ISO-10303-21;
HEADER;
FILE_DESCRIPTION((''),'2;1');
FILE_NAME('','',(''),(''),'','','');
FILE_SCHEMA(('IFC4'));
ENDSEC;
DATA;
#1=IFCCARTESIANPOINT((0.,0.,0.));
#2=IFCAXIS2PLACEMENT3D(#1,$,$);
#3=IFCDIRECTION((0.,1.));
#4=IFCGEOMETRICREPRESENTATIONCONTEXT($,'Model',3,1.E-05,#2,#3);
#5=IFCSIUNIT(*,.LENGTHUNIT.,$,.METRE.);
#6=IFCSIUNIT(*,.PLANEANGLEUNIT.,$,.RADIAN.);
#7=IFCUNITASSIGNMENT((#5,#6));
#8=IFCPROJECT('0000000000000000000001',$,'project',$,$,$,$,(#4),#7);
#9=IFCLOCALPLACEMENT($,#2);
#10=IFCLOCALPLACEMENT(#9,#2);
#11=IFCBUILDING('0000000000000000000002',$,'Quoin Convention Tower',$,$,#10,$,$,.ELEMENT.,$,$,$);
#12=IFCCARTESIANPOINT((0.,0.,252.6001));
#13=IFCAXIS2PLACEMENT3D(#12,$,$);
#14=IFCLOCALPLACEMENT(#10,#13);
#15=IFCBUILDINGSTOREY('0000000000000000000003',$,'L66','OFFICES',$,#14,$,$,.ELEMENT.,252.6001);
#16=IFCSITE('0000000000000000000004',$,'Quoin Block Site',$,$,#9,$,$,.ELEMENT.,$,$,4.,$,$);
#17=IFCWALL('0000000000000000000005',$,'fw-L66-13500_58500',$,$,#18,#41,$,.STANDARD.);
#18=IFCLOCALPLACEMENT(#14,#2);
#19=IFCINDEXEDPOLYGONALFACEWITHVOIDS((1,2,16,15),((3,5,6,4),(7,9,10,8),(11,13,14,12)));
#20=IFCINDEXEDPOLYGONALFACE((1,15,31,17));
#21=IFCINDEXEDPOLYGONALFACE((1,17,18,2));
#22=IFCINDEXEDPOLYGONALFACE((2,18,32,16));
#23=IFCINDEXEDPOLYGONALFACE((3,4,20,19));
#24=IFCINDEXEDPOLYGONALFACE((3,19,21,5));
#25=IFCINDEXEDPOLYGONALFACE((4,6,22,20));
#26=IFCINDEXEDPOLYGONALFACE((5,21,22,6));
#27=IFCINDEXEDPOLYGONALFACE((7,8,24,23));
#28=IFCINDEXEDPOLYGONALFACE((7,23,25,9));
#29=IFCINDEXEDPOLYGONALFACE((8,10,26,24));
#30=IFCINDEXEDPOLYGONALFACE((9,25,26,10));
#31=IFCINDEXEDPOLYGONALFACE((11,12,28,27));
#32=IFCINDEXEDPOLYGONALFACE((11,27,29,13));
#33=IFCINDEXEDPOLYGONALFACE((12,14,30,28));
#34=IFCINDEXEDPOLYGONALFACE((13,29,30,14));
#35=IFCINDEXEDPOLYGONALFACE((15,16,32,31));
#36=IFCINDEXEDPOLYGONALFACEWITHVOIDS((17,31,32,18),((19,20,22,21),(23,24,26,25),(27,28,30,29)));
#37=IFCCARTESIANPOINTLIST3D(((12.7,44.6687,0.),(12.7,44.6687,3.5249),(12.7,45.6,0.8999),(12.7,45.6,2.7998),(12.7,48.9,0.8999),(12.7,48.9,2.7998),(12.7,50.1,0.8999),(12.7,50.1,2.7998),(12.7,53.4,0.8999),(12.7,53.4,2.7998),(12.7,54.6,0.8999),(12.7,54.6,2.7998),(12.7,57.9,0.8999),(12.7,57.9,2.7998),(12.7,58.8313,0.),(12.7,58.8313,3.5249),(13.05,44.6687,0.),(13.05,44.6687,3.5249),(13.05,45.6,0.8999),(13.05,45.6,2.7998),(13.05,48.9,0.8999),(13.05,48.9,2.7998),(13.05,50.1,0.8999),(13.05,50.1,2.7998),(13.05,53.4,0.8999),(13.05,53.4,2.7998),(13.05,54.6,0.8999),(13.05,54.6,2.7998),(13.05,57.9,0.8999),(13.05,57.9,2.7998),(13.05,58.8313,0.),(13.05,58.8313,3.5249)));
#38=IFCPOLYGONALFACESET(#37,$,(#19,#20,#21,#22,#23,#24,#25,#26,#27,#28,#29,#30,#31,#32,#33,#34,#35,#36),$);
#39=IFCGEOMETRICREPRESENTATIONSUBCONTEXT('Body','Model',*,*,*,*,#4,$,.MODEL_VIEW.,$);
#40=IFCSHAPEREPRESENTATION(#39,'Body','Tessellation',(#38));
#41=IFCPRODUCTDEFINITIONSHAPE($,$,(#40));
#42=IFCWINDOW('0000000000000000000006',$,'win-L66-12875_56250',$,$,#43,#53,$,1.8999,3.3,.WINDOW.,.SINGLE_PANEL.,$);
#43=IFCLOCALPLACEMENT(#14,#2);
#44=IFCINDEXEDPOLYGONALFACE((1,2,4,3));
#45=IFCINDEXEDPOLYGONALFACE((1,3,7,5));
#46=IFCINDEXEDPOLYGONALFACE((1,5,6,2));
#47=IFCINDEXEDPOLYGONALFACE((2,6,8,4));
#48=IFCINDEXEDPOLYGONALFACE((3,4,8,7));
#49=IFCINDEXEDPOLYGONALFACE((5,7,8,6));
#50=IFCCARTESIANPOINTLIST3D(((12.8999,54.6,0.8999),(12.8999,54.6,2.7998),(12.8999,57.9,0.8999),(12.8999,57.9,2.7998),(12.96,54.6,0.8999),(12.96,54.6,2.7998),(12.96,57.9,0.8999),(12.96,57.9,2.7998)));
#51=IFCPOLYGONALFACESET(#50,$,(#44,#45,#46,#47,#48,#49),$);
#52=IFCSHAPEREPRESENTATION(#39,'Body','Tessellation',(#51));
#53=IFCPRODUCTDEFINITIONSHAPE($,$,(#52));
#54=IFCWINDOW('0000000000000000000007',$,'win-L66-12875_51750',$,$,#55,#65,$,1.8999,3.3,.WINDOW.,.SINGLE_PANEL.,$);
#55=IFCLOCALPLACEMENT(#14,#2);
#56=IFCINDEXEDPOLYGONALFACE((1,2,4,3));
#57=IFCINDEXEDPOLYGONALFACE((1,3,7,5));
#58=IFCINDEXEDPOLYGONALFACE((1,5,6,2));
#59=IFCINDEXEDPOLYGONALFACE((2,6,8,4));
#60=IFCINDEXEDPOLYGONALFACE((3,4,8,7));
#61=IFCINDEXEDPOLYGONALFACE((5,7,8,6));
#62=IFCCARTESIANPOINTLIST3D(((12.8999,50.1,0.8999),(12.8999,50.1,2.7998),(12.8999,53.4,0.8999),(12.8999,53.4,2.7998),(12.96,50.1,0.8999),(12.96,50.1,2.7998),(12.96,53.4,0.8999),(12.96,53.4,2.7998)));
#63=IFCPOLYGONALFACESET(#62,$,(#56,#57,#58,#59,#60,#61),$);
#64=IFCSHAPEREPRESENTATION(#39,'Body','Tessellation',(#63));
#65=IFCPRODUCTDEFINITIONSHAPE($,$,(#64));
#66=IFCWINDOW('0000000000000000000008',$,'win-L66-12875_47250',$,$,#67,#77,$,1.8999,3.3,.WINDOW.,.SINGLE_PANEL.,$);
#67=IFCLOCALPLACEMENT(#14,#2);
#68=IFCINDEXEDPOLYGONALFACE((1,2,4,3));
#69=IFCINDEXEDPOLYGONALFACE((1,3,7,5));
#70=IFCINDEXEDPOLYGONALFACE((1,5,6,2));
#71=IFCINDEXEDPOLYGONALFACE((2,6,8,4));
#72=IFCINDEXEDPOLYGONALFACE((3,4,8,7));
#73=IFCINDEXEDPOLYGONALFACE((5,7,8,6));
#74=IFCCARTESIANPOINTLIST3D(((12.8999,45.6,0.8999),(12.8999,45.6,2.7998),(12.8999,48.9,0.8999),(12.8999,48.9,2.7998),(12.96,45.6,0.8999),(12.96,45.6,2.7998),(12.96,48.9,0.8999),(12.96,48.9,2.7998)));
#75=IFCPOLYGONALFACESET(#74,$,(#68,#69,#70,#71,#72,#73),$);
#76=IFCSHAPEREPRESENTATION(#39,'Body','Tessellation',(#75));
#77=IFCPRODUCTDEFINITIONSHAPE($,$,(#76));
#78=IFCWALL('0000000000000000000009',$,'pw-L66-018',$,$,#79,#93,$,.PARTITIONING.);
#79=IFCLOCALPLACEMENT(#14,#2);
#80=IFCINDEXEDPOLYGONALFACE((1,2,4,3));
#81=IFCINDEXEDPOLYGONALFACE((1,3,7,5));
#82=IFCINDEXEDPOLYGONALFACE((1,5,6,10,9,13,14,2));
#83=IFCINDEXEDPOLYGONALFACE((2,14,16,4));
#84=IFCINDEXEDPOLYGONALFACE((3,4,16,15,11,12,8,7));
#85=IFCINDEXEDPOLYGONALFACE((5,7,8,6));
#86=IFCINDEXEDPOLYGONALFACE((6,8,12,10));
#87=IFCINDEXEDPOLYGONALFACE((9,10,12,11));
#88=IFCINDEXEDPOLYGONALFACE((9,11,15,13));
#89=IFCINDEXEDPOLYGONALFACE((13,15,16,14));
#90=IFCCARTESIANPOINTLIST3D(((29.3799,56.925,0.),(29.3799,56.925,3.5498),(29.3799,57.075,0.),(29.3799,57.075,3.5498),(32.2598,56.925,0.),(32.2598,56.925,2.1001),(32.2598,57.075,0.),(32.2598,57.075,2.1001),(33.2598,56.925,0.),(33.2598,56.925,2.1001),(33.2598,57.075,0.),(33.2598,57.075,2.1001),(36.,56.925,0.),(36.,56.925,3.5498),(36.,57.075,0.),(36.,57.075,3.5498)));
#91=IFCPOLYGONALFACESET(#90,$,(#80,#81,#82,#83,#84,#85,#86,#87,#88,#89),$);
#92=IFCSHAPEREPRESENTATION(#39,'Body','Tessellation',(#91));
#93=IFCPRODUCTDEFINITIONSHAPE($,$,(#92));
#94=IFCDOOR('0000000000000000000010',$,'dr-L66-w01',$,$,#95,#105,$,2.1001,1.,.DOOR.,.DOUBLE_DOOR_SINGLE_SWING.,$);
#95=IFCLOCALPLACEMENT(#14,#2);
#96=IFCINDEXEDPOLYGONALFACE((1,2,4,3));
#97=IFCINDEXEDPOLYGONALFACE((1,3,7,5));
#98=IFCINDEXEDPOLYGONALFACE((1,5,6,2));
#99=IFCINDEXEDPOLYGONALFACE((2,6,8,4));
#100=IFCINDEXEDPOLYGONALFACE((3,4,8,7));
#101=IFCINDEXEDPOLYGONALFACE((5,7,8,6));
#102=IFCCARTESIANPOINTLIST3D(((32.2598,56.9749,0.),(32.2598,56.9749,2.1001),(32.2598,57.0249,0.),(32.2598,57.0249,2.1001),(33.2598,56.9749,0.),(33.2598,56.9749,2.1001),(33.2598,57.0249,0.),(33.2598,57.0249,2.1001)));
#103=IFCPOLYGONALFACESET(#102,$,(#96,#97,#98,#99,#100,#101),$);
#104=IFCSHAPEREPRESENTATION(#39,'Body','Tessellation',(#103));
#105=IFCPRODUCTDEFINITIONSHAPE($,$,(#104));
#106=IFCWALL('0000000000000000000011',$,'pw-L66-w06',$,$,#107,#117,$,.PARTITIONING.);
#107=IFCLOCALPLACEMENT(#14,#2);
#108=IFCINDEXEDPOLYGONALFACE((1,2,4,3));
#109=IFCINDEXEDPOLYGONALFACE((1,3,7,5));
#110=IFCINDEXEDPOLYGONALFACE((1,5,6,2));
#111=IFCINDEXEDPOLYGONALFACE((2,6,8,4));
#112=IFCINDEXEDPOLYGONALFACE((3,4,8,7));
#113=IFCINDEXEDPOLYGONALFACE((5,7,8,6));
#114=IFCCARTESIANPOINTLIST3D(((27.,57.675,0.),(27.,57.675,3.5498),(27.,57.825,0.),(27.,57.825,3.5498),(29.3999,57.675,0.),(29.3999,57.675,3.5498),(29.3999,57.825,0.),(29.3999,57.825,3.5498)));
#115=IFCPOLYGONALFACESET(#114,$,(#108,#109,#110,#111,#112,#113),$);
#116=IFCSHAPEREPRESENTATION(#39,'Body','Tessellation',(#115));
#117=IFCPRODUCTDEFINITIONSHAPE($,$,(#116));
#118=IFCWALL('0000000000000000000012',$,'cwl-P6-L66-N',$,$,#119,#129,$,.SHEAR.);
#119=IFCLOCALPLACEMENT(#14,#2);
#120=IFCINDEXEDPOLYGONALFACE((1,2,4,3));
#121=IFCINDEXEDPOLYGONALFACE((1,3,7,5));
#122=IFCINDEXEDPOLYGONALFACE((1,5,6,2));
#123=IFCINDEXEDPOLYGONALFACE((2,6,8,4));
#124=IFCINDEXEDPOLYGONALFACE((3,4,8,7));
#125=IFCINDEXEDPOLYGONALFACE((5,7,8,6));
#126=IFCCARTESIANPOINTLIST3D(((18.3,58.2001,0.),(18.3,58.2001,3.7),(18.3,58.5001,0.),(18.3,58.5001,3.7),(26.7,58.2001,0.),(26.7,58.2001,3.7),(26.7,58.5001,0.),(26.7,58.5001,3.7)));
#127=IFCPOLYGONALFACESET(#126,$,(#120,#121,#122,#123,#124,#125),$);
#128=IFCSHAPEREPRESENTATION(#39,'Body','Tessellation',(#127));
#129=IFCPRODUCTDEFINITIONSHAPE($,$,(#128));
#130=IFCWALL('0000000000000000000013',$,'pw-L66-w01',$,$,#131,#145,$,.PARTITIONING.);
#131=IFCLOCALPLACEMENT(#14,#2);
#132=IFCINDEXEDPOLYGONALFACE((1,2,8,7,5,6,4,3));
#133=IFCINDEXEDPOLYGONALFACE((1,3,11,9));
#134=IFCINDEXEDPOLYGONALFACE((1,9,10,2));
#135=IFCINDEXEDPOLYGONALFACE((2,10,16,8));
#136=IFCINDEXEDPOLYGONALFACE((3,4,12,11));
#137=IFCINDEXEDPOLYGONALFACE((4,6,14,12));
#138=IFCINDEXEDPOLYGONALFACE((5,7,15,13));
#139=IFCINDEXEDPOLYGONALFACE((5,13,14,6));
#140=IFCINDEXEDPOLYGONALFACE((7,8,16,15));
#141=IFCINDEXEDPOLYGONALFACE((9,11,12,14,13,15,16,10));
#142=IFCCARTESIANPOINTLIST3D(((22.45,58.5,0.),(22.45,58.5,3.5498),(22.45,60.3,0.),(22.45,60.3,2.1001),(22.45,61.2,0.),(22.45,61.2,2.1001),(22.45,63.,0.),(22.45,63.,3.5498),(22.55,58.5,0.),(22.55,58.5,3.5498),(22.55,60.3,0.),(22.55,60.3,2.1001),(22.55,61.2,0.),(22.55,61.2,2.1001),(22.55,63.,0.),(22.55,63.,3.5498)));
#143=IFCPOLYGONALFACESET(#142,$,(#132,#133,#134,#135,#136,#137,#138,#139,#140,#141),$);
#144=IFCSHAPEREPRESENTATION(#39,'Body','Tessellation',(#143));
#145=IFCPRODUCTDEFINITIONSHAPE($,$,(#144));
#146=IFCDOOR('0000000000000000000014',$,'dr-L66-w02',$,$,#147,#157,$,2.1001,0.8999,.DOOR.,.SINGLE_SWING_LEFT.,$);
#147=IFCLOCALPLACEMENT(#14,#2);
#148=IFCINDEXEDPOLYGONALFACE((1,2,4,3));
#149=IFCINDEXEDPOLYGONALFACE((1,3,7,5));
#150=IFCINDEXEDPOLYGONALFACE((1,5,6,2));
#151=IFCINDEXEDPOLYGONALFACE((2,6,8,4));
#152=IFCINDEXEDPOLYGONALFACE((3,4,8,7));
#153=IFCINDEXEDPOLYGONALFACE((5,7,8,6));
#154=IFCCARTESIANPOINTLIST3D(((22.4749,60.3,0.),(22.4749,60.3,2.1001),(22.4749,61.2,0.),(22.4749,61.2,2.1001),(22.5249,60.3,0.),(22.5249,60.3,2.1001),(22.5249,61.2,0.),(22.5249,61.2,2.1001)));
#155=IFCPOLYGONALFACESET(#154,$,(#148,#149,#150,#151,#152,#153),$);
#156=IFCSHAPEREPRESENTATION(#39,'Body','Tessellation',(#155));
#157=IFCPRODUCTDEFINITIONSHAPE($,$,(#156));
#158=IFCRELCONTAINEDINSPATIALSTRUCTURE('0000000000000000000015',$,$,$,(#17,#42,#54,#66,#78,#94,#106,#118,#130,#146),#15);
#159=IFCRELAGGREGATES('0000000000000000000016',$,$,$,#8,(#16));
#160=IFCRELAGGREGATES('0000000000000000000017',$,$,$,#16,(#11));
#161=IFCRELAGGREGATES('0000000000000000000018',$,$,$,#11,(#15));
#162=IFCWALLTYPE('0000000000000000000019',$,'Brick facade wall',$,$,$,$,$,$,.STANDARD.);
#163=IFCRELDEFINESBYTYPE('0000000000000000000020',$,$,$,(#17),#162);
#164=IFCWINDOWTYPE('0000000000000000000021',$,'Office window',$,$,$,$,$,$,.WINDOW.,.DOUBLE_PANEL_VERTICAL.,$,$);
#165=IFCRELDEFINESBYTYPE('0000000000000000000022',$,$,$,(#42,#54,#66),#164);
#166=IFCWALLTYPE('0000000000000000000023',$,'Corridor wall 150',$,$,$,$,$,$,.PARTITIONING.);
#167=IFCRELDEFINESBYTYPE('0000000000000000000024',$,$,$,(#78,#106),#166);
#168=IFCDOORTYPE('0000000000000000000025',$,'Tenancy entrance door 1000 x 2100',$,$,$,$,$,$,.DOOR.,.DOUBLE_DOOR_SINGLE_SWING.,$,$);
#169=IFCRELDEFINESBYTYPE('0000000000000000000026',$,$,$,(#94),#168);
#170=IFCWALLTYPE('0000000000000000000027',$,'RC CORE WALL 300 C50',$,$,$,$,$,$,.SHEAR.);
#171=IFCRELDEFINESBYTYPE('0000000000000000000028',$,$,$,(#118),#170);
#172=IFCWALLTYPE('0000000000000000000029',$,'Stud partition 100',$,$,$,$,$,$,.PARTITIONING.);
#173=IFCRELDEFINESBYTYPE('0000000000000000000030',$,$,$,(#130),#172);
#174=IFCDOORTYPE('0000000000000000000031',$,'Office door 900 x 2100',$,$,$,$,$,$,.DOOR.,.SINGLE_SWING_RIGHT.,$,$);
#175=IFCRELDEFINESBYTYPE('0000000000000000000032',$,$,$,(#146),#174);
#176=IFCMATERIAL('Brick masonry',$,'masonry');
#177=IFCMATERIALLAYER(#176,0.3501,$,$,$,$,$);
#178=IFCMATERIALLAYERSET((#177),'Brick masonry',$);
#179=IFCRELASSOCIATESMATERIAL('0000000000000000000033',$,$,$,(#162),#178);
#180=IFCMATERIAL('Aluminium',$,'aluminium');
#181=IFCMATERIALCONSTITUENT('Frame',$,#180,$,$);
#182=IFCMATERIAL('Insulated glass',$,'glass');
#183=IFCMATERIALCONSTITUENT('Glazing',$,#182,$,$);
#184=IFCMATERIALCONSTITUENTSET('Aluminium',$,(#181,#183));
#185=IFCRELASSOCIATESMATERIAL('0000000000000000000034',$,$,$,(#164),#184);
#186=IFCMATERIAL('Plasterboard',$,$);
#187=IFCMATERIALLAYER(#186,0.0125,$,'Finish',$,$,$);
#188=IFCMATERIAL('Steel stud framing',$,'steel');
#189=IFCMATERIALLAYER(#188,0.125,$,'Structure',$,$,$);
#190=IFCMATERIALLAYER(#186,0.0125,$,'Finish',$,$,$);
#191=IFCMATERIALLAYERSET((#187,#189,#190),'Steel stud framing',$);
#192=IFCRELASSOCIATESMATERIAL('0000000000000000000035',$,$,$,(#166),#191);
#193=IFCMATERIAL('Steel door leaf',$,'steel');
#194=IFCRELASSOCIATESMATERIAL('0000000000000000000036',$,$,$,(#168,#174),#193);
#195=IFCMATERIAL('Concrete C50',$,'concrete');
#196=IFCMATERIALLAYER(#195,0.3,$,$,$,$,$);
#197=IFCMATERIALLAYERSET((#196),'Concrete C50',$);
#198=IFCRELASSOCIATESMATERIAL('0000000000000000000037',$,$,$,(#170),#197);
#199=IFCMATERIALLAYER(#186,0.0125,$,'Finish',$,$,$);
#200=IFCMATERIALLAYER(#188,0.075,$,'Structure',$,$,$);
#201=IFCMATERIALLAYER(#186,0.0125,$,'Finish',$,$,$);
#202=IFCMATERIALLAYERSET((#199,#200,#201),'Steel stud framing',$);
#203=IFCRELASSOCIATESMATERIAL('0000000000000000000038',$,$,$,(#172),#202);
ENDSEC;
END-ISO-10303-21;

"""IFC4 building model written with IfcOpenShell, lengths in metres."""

from ifc_helpers import new_model, si_unit, direction, frame, frame_2d, origin, place, context, subcontext, project, spatial, rectangle, extrude, material, layer, layer_set, constituent, constituent_set, type_object, element, fill, save


model = new_model("IFC4")

# Units and contexts
model_context = context("Model", 3, precision=1e-05, world=origin(), true_north=direction((0.0, 1.0)))
body_context = subcontext(model_context, "Body", "Model", "MODEL_VIEW")
ifc_project = project(units=[si_unit("LENGTHUNIT", "METRE"), si_unit("PLANEANGLEUNIT", "RADIAN")], contexts=[model_context])

# Site, building, storey
site_placement = place(None, origin())
site = spatial("IfcSite", under=ifc_project, at=site_placement, Name="Quoin Block Site", CompositionType="ELEMENT", RefElevation=4.0)
building_placement = place(site_placement, origin())
building = spatial("IfcBuilding", under=site, at=building_placement, Name="Quoin Convention Tower", CompositionType="ELEMENT")
storey_placement = place(building_placement, frame((0.0, 0.0, 252.6001)))
storey = spatial("IfcBuildingStorey", under=building, at=storey_placement, Name="L66", Description="OFFICES", CompositionType="ELEMENT", Elevation=252.6001)

# Shared definitions
ifc_material_1 = material(Name="Concrete C50", Category="concrete")

# Shared definitions
ifc_material_2 = material(Name="Brick masonry", Category="masonry")
ifc_layer_1 = layer(ifc_material_2, 0.3501)
ifc_layer_set_1 = layer_set([ifc_layer_1], Name="Brick masonry")
wall_type_1 = type_object("IfcWallType", Name="Brick facade wall", PredefinedType="STANDARD", material=ifc_layer_set_1)
ifc_material_3 = material(Name="Aluminium", Category="aluminium")
ifc_constituent_1 = constituent(ifc_material_3, Name="Frame")
ifc_material_4 = material(Name="Insulated glass", Category="glass")
ifc_constituent_2 = constituent(ifc_material_4, Name="Glazing")
ifc_constituent_set = constituent_set(constituents=[ifc_constituent_1, ifc_constituent_2], Name="Aluminium")
window_type = type_object("IfcWindowType", Name="Office window", PartitioningType="DOUBLE_PANEL_VERTICAL", PredefinedType="WINDOW", material=ifc_constituent_set)

# Wall, openings, windows
wall_1_placement = place(storey_placement, frame((12.875, 58.8313, 0.0), z_axis=(0.0, 0.0, 1.0), x_axis=(0.0, -1.0, 0.0)))
wall_1 = element("IfcWall", 1, at=wall_1_placement, inside=storey, type_object=wall_type_1, Name="fw-L66-13500_58500", PredefinedType="STANDARD", context=body_context, shape_type="SweptSolid", body=[
    extrude(rectangle(XDim=14.1626, YDim=0.3501, at=frame_2d((7.0813, 0.0))), origin(), (0.0, 0.0, 1.0), 3.5249),
])
opening_1_placement = place(wall_1_placement, frame((0.9314, 0.0, 0.8999)))
opening_1 = element("IfcOpeningElement", 2, at=opening_1_placement, cuts=wall_1, PredefinedType="OPENING", context=body_context, shape_type="SweptSolid", body=[
    extrude(rectangle(XDim=3.3, YDim=1.8999, at=frame_2d((1.6499, 0.95))), frame((0.0, 0.1851, 0.0), z_axis=(0.0, -1.0, 0.0), x_axis=(1.0, 0.0, 0.0)), (0.0, 0.0, 1.0), 0.3701),
])
opening_2_placement = place(wall_1_placement, frame((5.4314, 0.0, 0.8999)))
opening_2 = element("IfcOpeningElement", 3, at=opening_2_placement, cuts=wall_1, PredefinedType="OPENING", context=body_context, shape_type="SweptSolid", body=[
    extrude(rectangle(XDim=3.3, YDim=1.8999, at=frame_2d((1.6499, 0.95))), frame((0.0, 0.1851, 0.0), z_axis=(0.0, -1.0, 0.0), x_axis=(1.0, 0.0, 0.0)), (0.0, 0.0, 1.0), 0.3701),
])
opening_3_placement = place(wall_1_placement, frame((9.9314, 0.0, 0.8999)))
opening_3 = element("IfcOpeningElement", 4, at=opening_3_placement, cuts=wall_1, PredefinedType="OPENING", context=body_context, shape_type="SweptSolid", body=[
    extrude(rectangle(XDim=3.3, YDim=1.8999, at=frame_2d((1.6499, 0.95))), frame((0.0, 0.1851, 0.0), z_axis=(0.0, -1.0, 0.0), x_axis=(1.0, 0.0, 0.0)), (0.0, 0.0, 1.0), 0.3701),
])
window_1_placement = place(opening_1_placement, origin())
window_1 = element("IfcWindow", 5, at=window_1_placement, inside=storey, type_object=window_type, Name="win-L66-12875_56250", OverallHeight=1.8999, OverallWidth=3.3, PartitioningType="SINGLE_PANEL", PredefinedType="WINDOW", context=body_context, shape_type="SweptSolid", body=[
    extrude(rectangle(XDim=3.3, YDim=1.8999, at=frame_2d((1.6499, 0.95))), frame((0.0, 0.085, 0.0), z_axis=(0.0, -1.0, 0.0), x_axis=(1.0, 0.0, 0.0)), (0.0, 0.0, 1.0), 0.0601),
])
fill(opening_1, window_1)
window_2_placement = place(opening_2_placement, origin())
window_2 = element("IfcWindow", 6, at=window_2_placement, inside=storey, type_object=window_type, Name="win-L66-12875_51750", OverallHeight=1.8999, OverallWidth=3.3, PartitioningType="SINGLE_PANEL", PredefinedType="WINDOW", context=body_context, shape_type="SweptSolid", body=[
    extrude(rectangle(XDim=3.3, YDim=1.8999, at=frame_2d((1.6499, 0.95))), frame((0.0, 0.085, 0.0), z_axis=(0.0, -1.0, 0.0), x_axis=(1.0, 0.0, 0.0)), (0.0, 0.0, 1.0), 0.0601),
])
fill(opening_2, window_2)
window_3_placement = place(opening_3_placement, origin())
window_3 = element("IfcWindow", 7, at=window_3_placement, inside=storey, type_object=window_type, Name="win-L66-12875_47250", OverallHeight=1.8999, OverallWidth=3.3, PartitioningType="SINGLE_PANEL", PredefinedType="WINDOW", context=body_context, shape_type="SweptSolid", body=[
    extrude(rectangle(XDim=3.3, YDim=1.8999, at=frame_2d((1.6499, 0.95))), frame((0.0, 0.085, 0.0), z_axis=(0.0, -1.0, 0.0), x_axis=(1.0, 0.0, 0.0)), (0.0, 0.0, 1.0), 0.0601),
])
fill(opening_3, window_3)

# Wall, opening, door
ifc_material_5 = material(Name="Plasterboard")
ifc_layer_2 = layer(ifc_material_5, 0.0125, Name="Finish")
ifc_material_6 = material(Name="Steel stud framing", Category="steel")
ifc_layer_3 = layer(ifc_material_6, 0.125, Name="Structure")
ifc_layer_4 = layer(ifc_material_5, 0.0125, Name="Finish")
ifc_layer_set_2 = layer_set([ifc_layer_2, ifc_layer_3, ifc_layer_4], Name="Steel stud framing")
wall_type_2 = type_object("IfcWallType", Name="Corridor wall 150", PredefinedType="PARTITIONING", material=ifc_layer_set_2)
wall_2_placement = place(storey_placement, frame((29.3799, 57.0, 0.0), z_axis=(0.0, 0.0, 1.0), x_axis=(1.0, 0.0, 0.0)))
wall_2 = element("IfcWall", 8, at=wall_2_placement, inside=storey, type_object=wall_type_2, Name="pw-L66-018", PredefinedType="PARTITIONING", context=body_context, shape_type="SweptSolid", body=[
    extrude(rectangle(XDim=6.6201, YDim=0.1499, at=frame_2d((3.3101, 0.0))), origin(), (0.0, 0.0, 1.0), 3.5498),
])
opening_4_placement = place(wall_2_placement, frame((2.8799, 0.0, 0.0)))
opening_4 = element("IfcOpeningElement", 9, at=opening_4_placement, cuts=wall_2, PredefinedType="OPENING", context=body_context, shape_type="SweptSolid", body=[
    extrude(rectangle(XDim=1.0, YDim=2.1001, at=frame_2d((0.5, 1.05))), frame((0.0, 0.085, 0.0), z_axis=(0.0, -1.0, 0.0), x_axis=(1.0, 0.0, 0.0)), (0.0, 0.0, 1.0), 0.1699),
])
ifc_material_7 = material(Name="Steel door leaf", Category="steel")
door_type_1 = type_object("IfcDoorType", Name="Tenancy entrance door 1000 x 2100", OperationType="DOUBLE_DOOR_SINGLE_SWING", PredefinedType="DOOR", material=ifc_material_7)
door_1_placement = place(opening_4_placement, origin())
door_1 = element("IfcDoor", 10, at=door_1_placement, inside=storey, type_object=door_type_1, Name="dr-L66-w01", OperationType="DOUBLE_DOOR_SINGLE_SWING", OverallHeight=2.1001, OverallWidth=1.0, PredefinedType="DOOR", context=body_context, shape_type="SweptSolid", body=[
    extrude(rectangle(XDim=1.0, YDim=2.1001, at=frame_2d((0.5, 1.05))), frame((0.0, 0.0249, 0.0), z_axis=(0.0, -1.0, 0.0), x_axis=(1.0, 0.0, 0.0)), (0.0, 0.0, 1.0), 0.05),
])
fill(opening_4, door_1)

# Walls
wall_3_placement = place(storey_placement, frame((27.0, 57.75, 0.0), z_axis=(0.0, 0.0, 1.0), x_axis=(1.0, 0.0, 0.0)))
element("IfcWall", 11, at=wall_3_placement, inside=storey, type_object=wall_type_2, Name="pw-L66-w06", PredefinedType="PARTITIONING", context=body_context, shape_type="SweptSolid", body=[
    extrude(rectangle(XDim=2.3999, YDim=0.1499, at=frame_2d((1.2, 0.0))), origin(), (0.0, 0.0, 1.0), 3.5498),
])
ifc_layer_5 = layer(ifc_material_1, 0.3)
ifc_layer_set_3 = layer_set([ifc_layer_5], Name="Concrete C50")
wall_type_3 = type_object("IfcWallType", Name="RC CORE WALL 300 C50", PredefinedType="SHEAR", material=ifc_layer_set_3)
wall_4_placement = place(storey_placement, frame((18.3, 58.3501, 0.0), z_axis=(0.0, 0.0, 1.0), x_axis=(1.0, 0.0, 0.0)))
element("IfcWall", 12, at=wall_4_placement, inside=storey, type_object=wall_type_3, Name="cwl-P6-L66-N", PredefinedType="SHEAR", context=body_context, shape_type="SweptSolid", body=[
    extrude(rectangle(XDim=8.3999, YDim=0.3, at=frame_2d((4.2, 0.0))), origin(), (0.0, 0.0, 1.0), 3.7),
])

# Wall, opening, door
ifc_layer_6 = layer(ifc_material_5, 0.0125, Name="Finish")
ifc_layer_7 = layer(ifc_material_6, 0.075, Name="Structure")
ifc_layer_8 = layer(ifc_material_5, 0.0125, Name="Finish")
ifc_layer_set_4 = layer_set([ifc_layer_6, ifc_layer_7, ifc_layer_8], Name="Steel stud framing")
wall_type_4 = type_object("IfcWallType", Name="Stud partition 100", PredefinedType="PARTITIONING", material=ifc_layer_set_4)
wall_5_placement = place(storey_placement, frame((22.5, 63.0, 0.0), z_axis=(0.0, 0.0, 1.0), x_axis=(0.0, -1.0, 0.0)))
wall_5 = element("IfcWall", 13, at=wall_5_placement, inside=storey, type_object=wall_type_4, Name="pw-L66-w01", PredefinedType="PARTITIONING", context=body_context, shape_type="SweptSolid", body=[
    extrude(rectangle(XDim=4.5, YDim=0.1001, at=frame_2d((2.25, 0.0))), origin(), (0.0, 0.0, 1.0), 3.5498),
])
opening_5_placement = place(wall_5_placement, frame((1.8, 0.0, 0.0)))
opening_5 = element("IfcOpeningElement", 14, at=opening_5_placement, cuts=wall_5, PredefinedType="OPENING", context=body_context, shape_type="SweptSolid", body=[
    extrude(rectangle(XDim=0.8999, YDim=2.1001, at=frame_2d((0.45, 1.05))), frame((0.0, 0.0601, 0.0), z_axis=(0.0, -1.0, 0.0), x_axis=(1.0, 0.0, 0.0)), (0.0, 0.0, 1.0), 0.1201),
])
door_type_2 = type_object("IfcDoorType", Name="Office door 900 x 2100", OperationType="SINGLE_SWING_RIGHT", PredefinedType="DOOR", material=ifc_material_7)
door_2_placement = place(opening_5_placement, origin())
door_2 = element("IfcDoor", 15, at=door_2_placement, inside=storey, type_object=door_type_2, Name="dr-L66-w02", OperationType="SINGLE_SWING_LEFT", OverallHeight=2.1001, OverallWidth=0.8999, PredefinedType="DOOR", context=body_context, shape_type="SweptSolid", body=[
    extrude(rectangle(XDim=0.8999, YDim=2.1001, at=frame_2d((0.45, 1.05))), frame((0.0, 0.0249, 0.0), z_axis=(0.0, -1.0, 0.0), x_axis=(1.0, 0.0, 0.0)), (0.0, 0.0, 1.0), 0.05),
])
fill(opening_5, door_2)

save(model, "model.ifc")
